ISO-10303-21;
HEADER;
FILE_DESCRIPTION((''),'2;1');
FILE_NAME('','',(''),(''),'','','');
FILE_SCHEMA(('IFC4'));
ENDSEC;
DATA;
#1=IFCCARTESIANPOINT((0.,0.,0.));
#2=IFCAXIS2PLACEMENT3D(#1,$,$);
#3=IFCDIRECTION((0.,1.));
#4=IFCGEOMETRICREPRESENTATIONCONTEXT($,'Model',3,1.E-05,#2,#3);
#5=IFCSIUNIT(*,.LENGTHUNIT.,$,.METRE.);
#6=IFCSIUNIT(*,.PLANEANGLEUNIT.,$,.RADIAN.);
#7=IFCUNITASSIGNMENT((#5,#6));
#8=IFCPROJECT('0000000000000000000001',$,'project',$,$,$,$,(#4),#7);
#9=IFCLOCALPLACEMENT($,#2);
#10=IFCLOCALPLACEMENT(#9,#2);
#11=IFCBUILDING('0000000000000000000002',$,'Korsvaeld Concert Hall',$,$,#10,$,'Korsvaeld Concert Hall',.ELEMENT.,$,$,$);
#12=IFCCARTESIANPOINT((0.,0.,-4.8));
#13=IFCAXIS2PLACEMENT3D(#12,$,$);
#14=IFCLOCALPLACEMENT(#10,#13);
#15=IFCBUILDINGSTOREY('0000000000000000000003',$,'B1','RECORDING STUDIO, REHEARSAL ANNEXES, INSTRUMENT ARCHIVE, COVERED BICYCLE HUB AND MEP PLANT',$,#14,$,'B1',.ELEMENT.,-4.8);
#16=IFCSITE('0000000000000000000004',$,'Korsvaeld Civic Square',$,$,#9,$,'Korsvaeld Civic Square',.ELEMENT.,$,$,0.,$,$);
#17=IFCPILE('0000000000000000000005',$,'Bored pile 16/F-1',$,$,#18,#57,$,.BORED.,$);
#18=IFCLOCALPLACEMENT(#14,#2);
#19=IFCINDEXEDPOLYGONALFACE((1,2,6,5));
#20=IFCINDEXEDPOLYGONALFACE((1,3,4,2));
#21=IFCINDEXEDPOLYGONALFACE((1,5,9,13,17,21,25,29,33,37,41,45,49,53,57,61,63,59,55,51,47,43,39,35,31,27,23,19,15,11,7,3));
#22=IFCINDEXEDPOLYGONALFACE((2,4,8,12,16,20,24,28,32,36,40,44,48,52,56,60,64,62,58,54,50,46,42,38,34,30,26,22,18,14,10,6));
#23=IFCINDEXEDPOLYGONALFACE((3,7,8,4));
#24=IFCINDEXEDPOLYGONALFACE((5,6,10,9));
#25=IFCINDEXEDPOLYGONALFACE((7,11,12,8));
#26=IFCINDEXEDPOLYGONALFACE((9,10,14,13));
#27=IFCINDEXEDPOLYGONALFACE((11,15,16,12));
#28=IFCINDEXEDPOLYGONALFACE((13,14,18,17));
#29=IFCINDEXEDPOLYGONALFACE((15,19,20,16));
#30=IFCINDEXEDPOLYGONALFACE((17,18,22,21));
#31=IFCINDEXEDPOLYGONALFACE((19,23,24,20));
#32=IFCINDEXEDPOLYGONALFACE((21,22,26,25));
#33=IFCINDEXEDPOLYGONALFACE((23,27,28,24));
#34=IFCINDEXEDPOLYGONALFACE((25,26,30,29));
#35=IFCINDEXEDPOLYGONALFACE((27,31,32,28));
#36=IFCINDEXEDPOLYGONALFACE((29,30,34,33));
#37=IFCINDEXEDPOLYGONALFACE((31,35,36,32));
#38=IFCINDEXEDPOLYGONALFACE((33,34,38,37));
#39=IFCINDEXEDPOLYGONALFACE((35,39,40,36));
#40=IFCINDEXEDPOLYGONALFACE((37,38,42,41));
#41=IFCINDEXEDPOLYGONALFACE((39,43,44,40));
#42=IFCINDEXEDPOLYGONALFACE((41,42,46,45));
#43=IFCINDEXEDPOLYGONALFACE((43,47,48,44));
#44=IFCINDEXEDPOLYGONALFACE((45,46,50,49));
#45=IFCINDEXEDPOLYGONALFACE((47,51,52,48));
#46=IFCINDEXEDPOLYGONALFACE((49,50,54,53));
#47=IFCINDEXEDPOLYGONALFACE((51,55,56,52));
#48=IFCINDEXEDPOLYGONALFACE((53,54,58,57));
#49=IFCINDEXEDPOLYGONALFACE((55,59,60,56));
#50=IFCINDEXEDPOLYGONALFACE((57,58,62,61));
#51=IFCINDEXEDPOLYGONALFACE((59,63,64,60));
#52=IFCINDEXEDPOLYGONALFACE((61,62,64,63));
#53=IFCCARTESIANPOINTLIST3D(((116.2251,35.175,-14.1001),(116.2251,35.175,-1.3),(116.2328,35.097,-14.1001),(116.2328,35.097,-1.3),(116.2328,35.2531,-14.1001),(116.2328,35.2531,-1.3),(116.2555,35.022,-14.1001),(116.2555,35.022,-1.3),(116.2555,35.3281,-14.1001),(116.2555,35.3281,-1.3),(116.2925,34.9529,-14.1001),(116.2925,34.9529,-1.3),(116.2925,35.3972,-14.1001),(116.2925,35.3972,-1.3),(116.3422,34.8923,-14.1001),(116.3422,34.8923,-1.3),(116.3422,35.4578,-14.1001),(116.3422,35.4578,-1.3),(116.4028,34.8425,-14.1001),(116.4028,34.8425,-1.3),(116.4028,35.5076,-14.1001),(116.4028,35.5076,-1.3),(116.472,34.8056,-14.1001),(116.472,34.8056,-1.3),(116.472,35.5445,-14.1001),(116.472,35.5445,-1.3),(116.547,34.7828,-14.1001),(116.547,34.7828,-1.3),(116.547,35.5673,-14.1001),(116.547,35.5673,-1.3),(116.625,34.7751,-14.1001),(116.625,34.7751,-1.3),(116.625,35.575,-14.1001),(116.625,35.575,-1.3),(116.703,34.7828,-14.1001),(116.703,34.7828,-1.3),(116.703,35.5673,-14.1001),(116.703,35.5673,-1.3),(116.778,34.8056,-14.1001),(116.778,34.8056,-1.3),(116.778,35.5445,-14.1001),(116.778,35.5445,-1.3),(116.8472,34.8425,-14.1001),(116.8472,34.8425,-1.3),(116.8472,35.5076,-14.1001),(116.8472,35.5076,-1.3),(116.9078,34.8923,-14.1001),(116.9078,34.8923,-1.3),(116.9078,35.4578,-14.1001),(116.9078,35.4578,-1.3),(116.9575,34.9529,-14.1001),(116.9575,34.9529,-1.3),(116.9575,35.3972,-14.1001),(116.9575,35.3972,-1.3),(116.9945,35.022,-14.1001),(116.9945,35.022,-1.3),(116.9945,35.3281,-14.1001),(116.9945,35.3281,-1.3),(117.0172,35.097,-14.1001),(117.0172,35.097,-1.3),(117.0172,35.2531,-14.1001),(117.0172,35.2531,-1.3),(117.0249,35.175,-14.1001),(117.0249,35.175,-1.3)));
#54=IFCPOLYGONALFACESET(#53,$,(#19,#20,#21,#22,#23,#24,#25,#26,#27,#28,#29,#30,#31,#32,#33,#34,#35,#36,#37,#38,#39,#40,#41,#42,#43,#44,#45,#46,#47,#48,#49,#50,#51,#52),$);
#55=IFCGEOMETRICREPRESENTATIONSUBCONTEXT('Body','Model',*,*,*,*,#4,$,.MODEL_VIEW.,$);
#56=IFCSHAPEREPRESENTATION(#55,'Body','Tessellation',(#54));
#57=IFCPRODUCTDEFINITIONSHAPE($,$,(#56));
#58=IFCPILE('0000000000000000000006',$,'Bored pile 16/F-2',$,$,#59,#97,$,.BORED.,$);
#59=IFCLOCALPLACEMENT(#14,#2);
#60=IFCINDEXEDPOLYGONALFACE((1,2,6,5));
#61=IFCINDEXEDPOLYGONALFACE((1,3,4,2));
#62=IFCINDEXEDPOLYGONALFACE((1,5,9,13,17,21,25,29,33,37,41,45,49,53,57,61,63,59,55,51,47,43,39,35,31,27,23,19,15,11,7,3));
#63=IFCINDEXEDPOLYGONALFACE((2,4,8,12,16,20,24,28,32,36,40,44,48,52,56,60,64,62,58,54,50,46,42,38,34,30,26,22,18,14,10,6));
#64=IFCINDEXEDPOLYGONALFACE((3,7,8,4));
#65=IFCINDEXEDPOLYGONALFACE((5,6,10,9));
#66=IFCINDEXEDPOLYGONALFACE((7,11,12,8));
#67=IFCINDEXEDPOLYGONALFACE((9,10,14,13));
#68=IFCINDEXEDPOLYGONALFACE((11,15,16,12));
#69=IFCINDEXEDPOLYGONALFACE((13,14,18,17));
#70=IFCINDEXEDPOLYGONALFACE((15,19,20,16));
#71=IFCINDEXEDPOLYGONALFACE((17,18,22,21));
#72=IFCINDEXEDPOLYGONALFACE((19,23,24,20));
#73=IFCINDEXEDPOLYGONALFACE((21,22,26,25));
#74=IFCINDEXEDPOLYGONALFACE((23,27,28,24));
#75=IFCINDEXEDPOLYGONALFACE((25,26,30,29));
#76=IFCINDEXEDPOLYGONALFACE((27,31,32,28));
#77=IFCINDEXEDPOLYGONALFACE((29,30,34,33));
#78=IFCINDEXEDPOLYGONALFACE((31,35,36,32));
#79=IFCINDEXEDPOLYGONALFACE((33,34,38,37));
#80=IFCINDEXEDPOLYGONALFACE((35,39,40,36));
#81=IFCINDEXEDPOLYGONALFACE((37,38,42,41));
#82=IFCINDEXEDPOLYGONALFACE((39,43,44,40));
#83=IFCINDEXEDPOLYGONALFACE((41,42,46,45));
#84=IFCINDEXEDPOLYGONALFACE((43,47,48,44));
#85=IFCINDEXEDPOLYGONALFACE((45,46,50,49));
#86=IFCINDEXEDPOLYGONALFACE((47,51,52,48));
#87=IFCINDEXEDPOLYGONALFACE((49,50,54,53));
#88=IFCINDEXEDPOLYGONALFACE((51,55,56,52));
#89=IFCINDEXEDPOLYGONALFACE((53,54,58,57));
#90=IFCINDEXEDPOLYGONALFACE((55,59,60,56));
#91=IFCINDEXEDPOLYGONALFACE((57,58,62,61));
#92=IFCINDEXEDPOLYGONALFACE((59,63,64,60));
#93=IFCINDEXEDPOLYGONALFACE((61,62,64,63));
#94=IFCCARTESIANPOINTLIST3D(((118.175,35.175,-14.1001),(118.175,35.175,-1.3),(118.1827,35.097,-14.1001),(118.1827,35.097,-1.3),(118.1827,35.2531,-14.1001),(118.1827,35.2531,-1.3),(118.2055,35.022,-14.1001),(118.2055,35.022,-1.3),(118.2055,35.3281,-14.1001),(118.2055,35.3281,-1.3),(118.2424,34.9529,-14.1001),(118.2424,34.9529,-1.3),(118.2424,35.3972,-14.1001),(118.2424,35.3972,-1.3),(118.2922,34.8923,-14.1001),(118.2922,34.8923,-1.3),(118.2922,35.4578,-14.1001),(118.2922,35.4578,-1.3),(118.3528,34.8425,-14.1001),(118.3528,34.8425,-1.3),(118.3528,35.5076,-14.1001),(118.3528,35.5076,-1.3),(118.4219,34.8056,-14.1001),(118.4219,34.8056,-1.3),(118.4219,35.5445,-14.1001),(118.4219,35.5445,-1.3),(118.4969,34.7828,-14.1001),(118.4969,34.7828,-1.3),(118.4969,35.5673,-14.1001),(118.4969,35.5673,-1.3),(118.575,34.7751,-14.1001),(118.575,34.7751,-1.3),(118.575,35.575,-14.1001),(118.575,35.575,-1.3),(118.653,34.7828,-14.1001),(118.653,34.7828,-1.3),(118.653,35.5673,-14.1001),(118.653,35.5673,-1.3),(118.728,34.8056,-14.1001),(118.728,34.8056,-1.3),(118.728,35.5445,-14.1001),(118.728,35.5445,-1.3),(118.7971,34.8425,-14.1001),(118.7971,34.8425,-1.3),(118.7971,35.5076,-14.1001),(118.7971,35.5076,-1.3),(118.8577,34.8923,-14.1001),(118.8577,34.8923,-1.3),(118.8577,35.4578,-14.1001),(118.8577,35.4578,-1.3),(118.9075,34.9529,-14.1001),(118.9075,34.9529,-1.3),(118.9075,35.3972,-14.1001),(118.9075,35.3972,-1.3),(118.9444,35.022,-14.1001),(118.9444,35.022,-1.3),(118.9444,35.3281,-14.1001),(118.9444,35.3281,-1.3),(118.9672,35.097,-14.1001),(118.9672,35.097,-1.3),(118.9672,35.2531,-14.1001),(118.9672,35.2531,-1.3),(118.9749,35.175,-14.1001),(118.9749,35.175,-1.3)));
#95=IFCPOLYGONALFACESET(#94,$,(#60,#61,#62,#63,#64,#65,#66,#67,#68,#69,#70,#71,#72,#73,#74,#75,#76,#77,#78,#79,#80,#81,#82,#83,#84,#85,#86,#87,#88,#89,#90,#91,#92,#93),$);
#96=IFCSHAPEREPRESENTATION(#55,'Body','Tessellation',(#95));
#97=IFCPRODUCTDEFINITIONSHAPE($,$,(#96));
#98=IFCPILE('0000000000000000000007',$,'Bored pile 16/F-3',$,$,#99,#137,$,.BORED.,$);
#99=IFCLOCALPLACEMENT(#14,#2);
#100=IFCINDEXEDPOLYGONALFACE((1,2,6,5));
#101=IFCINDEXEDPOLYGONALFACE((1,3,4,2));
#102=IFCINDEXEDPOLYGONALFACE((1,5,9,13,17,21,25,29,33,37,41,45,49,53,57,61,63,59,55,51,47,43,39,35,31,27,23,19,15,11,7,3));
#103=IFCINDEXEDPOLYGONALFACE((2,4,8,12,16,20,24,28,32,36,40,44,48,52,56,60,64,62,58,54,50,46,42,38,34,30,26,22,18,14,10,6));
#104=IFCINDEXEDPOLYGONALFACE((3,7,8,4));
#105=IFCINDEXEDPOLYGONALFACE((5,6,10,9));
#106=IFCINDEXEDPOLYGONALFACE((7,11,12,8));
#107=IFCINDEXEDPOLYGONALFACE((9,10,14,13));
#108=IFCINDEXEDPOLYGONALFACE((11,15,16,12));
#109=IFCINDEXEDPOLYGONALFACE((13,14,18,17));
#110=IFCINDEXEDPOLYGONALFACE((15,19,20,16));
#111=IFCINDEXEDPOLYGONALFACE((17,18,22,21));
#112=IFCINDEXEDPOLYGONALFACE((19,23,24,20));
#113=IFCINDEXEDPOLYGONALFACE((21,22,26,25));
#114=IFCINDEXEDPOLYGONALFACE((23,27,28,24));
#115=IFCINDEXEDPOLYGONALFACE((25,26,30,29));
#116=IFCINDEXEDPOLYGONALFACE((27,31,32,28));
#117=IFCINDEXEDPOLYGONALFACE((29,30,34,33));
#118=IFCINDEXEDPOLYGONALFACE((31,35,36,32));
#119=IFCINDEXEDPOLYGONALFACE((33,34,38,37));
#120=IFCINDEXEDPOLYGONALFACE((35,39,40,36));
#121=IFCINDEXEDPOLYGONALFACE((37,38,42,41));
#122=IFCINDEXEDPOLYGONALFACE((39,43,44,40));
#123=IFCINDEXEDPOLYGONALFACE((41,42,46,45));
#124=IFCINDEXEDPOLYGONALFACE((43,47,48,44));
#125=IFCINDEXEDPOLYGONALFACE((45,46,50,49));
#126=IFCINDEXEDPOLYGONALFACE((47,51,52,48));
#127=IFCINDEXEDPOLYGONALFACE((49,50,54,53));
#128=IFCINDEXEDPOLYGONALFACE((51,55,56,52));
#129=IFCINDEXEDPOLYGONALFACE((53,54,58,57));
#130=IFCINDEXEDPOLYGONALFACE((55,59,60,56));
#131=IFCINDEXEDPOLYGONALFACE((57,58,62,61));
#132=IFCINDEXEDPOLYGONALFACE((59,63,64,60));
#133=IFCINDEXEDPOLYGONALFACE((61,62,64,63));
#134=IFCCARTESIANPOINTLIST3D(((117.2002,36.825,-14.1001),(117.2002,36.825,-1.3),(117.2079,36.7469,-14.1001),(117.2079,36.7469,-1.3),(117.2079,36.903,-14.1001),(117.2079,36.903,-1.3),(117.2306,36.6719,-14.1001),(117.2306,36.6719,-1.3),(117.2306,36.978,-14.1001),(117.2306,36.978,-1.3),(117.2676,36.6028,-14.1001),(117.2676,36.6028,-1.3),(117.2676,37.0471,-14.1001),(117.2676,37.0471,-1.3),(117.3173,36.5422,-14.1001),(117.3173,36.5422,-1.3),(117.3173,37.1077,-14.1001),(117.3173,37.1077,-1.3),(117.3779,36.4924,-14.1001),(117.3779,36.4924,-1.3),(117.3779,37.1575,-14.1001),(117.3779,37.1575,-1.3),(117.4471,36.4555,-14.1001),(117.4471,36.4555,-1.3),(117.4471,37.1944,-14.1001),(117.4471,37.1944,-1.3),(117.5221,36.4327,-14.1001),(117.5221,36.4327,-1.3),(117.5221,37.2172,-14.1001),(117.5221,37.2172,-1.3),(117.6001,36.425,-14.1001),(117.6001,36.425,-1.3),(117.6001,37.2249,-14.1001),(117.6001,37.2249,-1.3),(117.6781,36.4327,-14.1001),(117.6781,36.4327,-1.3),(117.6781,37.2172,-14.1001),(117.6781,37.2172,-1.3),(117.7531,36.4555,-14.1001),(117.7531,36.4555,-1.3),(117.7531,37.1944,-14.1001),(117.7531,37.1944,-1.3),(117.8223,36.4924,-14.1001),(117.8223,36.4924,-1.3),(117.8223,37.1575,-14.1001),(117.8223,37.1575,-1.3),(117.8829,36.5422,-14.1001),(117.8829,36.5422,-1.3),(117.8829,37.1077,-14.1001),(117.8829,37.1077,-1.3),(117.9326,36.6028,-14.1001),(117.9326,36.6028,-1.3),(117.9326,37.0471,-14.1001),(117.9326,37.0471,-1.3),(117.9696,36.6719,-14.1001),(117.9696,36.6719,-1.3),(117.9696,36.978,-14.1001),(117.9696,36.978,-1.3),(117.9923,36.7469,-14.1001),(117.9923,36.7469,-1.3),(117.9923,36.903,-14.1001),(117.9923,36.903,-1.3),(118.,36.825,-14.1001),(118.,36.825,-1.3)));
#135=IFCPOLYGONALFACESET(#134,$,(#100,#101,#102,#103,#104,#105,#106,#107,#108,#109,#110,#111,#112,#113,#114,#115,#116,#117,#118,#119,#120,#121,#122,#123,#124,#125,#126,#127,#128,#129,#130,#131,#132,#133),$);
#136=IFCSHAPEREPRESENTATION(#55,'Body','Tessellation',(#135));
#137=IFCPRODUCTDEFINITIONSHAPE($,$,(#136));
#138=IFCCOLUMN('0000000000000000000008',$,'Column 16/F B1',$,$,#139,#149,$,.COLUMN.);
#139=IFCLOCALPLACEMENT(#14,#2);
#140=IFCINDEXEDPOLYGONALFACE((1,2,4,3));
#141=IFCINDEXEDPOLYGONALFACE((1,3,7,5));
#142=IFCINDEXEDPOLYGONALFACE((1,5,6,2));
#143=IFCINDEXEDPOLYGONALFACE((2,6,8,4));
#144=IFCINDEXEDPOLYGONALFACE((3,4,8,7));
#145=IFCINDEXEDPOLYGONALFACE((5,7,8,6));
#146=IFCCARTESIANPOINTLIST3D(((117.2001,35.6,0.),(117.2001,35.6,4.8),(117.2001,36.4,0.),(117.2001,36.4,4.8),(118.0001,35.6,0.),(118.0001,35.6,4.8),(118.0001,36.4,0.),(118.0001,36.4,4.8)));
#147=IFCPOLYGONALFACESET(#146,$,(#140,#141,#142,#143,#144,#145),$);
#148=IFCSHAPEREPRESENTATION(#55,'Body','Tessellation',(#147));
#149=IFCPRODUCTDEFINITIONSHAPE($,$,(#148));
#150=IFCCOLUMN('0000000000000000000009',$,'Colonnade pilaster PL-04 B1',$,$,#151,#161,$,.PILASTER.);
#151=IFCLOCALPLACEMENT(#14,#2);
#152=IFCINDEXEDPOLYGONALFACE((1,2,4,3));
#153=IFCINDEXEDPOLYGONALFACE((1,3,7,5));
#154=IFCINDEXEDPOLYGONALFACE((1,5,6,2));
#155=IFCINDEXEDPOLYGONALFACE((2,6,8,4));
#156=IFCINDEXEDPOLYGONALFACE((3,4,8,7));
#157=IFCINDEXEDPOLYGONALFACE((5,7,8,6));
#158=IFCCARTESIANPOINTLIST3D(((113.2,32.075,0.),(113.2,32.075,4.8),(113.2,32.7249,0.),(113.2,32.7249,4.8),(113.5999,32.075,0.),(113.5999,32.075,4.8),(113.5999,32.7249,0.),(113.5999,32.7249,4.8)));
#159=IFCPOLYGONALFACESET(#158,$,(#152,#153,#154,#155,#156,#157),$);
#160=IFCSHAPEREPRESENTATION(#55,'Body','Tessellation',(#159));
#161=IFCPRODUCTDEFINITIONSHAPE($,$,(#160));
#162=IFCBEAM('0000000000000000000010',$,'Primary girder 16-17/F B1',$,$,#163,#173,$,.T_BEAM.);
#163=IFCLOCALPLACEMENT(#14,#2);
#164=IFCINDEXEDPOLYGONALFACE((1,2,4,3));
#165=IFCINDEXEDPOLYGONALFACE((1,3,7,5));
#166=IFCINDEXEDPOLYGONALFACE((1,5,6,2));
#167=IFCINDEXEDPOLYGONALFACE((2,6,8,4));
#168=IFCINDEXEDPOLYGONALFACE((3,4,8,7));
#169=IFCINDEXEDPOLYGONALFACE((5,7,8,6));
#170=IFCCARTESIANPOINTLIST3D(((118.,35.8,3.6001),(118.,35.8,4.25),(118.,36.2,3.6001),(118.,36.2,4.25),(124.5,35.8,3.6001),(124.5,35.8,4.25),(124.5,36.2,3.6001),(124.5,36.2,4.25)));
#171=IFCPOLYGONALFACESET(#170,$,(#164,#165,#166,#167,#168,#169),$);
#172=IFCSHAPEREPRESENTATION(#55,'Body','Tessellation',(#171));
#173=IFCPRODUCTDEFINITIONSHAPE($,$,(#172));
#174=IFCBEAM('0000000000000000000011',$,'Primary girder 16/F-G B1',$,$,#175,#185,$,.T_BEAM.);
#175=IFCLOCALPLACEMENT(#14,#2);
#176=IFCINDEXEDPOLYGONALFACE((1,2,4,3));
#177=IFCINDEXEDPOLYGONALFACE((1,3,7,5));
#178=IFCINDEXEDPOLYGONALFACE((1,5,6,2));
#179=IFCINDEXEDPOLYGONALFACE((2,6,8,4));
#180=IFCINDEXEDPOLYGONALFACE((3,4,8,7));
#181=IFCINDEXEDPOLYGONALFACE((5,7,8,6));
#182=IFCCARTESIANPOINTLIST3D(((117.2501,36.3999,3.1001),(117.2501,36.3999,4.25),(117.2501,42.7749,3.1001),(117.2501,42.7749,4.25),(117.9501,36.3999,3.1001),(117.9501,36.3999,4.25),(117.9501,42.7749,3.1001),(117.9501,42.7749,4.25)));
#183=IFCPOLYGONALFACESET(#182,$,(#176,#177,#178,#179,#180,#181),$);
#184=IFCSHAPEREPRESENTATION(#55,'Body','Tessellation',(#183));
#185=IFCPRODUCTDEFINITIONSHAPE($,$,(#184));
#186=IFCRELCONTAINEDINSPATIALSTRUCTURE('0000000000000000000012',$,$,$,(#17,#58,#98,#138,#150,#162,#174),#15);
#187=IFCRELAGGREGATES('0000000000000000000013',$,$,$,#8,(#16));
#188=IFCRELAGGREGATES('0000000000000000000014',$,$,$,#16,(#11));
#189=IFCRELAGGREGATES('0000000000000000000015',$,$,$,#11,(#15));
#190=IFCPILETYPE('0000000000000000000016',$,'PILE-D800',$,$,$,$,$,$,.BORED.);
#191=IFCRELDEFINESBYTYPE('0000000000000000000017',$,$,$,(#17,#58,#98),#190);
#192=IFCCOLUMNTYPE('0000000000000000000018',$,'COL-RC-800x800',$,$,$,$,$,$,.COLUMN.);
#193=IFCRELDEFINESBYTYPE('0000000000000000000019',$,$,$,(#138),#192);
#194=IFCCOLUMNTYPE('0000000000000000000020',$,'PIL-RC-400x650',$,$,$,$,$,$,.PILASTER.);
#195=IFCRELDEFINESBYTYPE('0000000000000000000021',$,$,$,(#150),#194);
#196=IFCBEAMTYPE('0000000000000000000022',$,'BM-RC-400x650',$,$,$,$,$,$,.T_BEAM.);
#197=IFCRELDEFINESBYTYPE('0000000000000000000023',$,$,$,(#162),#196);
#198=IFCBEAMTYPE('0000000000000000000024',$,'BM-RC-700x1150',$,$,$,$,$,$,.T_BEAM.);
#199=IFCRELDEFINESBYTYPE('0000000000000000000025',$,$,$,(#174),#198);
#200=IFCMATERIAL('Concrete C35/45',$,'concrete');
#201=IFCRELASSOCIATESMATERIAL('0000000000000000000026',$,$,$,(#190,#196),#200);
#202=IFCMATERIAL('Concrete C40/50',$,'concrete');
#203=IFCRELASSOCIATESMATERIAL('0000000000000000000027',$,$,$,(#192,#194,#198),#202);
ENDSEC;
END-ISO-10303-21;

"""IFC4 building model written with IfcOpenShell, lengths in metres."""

from ifc_helpers import new_model, si_unit, direction, frame, origin, origin_2d, place, context, subcontext, project, spatial, rectangle, circle, extrude, material, material_profile, profile_set, type_object, element, save


model = new_model("IFC4")

# Units and contexts
model_context = context("Model", 3, precision=1e-05, world=origin(), true_north=direction((0.0, 1.0)))
body_context = subcontext(model_context, "Body", "Model", "MODEL_VIEW")
ifc_project = project(units=[si_unit("LENGTHUNIT", "METRE"), si_unit("PLANEANGLEUNIT", "RADIAN")], contexts=[model_context])

# Site, building, storey
site_placement = place(None, origin())
site = spatial("IfcSite", under=ifc_project, at=site_placement, Name="Korsvaeld Civic Square", LongName="Korsvaeld Civic Square", CompositionType="ELEMENT", RefElevation=0.0)
building_placement = place(site_placement, origin())
building = spatial("IfcBuilding", under=site, at=building_placement, Name="Korsvaeld Concert Hall", LongName="Korsvaeld Concert Hall", CompositionType="ELEMENT")
storey_placement = place(building_placement, frame((0.0, 0.0, -4.8)))
storey = spatial("IfcBuildingStorey", under=building, at=storey_placement, Name="B1", Description="RECORDING STUDIO, REHEARSAL ANNEXES, INSTRUMENT ARCHIVE, COVERED BICYCLE HUB AND MEP PLANT", LongName="B1", CompositionType="ELEMENT", Elevation=-4.8)

# Shared definitions
ifc_material_1 = material(Name="Concrete C35/45", Category="concrete")

# Piles
ifc_material_profile_1 = material_profile(ifc_material_1, circle(Radius=0.3999, at=origin_2d()), Name="BORED PILE D800")
ifc_profile_set_1 = profile_set([ifc_material_profile_1], Name="Concrete C35/45")
pile_type_1 = type_object("IfcPileType", Name="PILE-D800", PredefinedType="BORED", material=ifc_profile_set_1)
for number, where, z_axis, x_axis, name in (
    (1, (116.625, 35.175, -1.3), (0.0, 0.0, -1.0), (1.0, 0.0, 0.0), "Bored pile 16/F-1"),
    (2, (118.575, 35.175, -1.3), (0.0, 0.0, -1.0), (1.0, 0.0, 0.0), "Bored pile 16/F-2"),
    (3, (117.6001, 36.825, -1.3), (0.0, 0.0, -1.0), (1.0, 0.0, 0.0), "Bored pile 16/F-3"),
):
    element("IfcPile", number, at=place(storey_placement, frame(where, z_axis=z_axis, x_axis=x_axis)), inside=storey, type_object=pile_type_1, Name=name, PredefinedType="BORED", context=body_context, shape_type="SweptSolid", body=[
        extrude(circle(Radius=0.3999, at=origin_2d()), origin(), (0.0, 0.0, 1.0), 12.8),
    ])

# Columns
ifc_material_2 = material(Name="Concrete C40/50", Category="concrete")
ifc_material_profile_2 = material_profile(ifc_material_2, rectangle(XDim=0.8, YDim=0.8, at=origin_2d()), Name="RC 800x800")
ifc_profile_set_2 = profile_set([ifc_material_profile_2], Name="Concrete C40/50")
column_type_1 = type_object("IfcColumnType", Name="COL-RC-800x800", PredefinedType="COLUMN", material=ifc_profile_set_2)
column_1_placement = place(storey_placement, frame((117.6001, 36.0, 0.0), z_axis=(0.0, 0.0, 1.0), x_axis=(1.0, 0.0, 0.0)))
element("IfcColumn", 4, at=column_1_placement, inside=storey, type_object=column_type_1, Name="Column 16/F B1", PredefinedType="COLUMN", context=body_context, shape_type="SweptSolid", body=[
    extrude(rectangle(XDim=0.8, YDim=0.8, at=origin_2d()), origin(), (0.0, 0.0, 1.0), 4.8),
])
ifc_material_profile_3 = material_profile(ifc_material_2, rectangle(XDim=0.3999, YDim=0.6499, at=origin_2d()), Name="RC 400x650")
ifc_profile_set_3 = profile_set([ifc_material_profile_3], Name="Concrete C40/50")
column_type_2 = type_object("IfcColumnType", Name="PIL-RC-400x650", PredefinedType="PILASTER", material=ifc_profile_set_3)
column_2_placement = place(storey_placement, frame((113.3999, 32.3999, 0.0), z_axis=(0.0, 0.0, 1.0), x_axis=(1.0, 0.0, 0.0)))
element("IfcColumn", 5, at=column_2_placement, inside=storey, type_object=column_type_2, Name="Colonnade pilaster PL-04 B1", PredefinedType="PILASTER", context=body_context, shape_type="SweptSolid", body=[
    extrude(rectangle(XDim=0.3999, YDim=0.6499, at=origin_2d()), origin(), (0.0, 0.0, 1.0), 4.8),
])

# Beams
ifc_material_profile_4 = material_profile(ifc_material_1, rectangle(XDim=0.3999, YDim=0.6499, at=origin_2d()), Name="RC 400x650")
ifc_profile_set_4 = profile_set([ifc_material_profile_4], Name="Concrete C35/45")
beam_type_1 = type_object("IfcBeamType", Name="BM-RC-400x650", PredefinedType="T_BEAM", material=ifc_profile_set_4)
beam_1_placement = place(storey_placement, frame((118.0, 36.0, 3.925), z_axis=(1.0, 0.0, 0.0), x_axis=(0.0, 1.0, 0.0)))
element("IfcBeam", 6, at=beam_1_placement, inside=storey, type_object=beam_type_1, Name="Primary girder 16-17/F B1", PredefinedType="T_BEAM", context=body_context, shape_type="SweptSolid", body=[
    extrude(rectangle(XDim=0.3999, YDim=0.6499, at=origin_2d()), origin(), (0.0, 0.0, 1.0), 6.5),
])
ifc_material_profile_5 = material_profile(ifc_material_2, rectangle(XDim=0.7, YDim=1.1499, at=origin_2d()), Name="RC 700x1150")
ifc_profile_set_5 = profile_set([ifc_material_profile_5], Name="Concrete C40/50")
beam_type_2 = type_object("IfcBeamType", Name="BM-RC-700x1150", PredefinedType="T_BEAM", material=ifc_profile_set_5)
beam_2_placement = place(storey_placement, frame((117.6001, 36.3999, 3.675), z_axis=(0.0, 1.0, 0.0), x_axis=(-1.0, 0.0, 0.0)))
element("IfcBeam", 7, at=beam_2_placement, inside=storey, type_object=beam_type_2, Name="Primary girder 16/F-G B1", PredefinedType="T_BEAM", context=body_context, shape_type="SweptSolid", body=[
    extrude(rectangle(XDim=0.7, YDim=1.1499, at=origin_2d()), origin(), (0.0, 0.0, 1.0), 6.375),
])

save(model, "model.ifc")
